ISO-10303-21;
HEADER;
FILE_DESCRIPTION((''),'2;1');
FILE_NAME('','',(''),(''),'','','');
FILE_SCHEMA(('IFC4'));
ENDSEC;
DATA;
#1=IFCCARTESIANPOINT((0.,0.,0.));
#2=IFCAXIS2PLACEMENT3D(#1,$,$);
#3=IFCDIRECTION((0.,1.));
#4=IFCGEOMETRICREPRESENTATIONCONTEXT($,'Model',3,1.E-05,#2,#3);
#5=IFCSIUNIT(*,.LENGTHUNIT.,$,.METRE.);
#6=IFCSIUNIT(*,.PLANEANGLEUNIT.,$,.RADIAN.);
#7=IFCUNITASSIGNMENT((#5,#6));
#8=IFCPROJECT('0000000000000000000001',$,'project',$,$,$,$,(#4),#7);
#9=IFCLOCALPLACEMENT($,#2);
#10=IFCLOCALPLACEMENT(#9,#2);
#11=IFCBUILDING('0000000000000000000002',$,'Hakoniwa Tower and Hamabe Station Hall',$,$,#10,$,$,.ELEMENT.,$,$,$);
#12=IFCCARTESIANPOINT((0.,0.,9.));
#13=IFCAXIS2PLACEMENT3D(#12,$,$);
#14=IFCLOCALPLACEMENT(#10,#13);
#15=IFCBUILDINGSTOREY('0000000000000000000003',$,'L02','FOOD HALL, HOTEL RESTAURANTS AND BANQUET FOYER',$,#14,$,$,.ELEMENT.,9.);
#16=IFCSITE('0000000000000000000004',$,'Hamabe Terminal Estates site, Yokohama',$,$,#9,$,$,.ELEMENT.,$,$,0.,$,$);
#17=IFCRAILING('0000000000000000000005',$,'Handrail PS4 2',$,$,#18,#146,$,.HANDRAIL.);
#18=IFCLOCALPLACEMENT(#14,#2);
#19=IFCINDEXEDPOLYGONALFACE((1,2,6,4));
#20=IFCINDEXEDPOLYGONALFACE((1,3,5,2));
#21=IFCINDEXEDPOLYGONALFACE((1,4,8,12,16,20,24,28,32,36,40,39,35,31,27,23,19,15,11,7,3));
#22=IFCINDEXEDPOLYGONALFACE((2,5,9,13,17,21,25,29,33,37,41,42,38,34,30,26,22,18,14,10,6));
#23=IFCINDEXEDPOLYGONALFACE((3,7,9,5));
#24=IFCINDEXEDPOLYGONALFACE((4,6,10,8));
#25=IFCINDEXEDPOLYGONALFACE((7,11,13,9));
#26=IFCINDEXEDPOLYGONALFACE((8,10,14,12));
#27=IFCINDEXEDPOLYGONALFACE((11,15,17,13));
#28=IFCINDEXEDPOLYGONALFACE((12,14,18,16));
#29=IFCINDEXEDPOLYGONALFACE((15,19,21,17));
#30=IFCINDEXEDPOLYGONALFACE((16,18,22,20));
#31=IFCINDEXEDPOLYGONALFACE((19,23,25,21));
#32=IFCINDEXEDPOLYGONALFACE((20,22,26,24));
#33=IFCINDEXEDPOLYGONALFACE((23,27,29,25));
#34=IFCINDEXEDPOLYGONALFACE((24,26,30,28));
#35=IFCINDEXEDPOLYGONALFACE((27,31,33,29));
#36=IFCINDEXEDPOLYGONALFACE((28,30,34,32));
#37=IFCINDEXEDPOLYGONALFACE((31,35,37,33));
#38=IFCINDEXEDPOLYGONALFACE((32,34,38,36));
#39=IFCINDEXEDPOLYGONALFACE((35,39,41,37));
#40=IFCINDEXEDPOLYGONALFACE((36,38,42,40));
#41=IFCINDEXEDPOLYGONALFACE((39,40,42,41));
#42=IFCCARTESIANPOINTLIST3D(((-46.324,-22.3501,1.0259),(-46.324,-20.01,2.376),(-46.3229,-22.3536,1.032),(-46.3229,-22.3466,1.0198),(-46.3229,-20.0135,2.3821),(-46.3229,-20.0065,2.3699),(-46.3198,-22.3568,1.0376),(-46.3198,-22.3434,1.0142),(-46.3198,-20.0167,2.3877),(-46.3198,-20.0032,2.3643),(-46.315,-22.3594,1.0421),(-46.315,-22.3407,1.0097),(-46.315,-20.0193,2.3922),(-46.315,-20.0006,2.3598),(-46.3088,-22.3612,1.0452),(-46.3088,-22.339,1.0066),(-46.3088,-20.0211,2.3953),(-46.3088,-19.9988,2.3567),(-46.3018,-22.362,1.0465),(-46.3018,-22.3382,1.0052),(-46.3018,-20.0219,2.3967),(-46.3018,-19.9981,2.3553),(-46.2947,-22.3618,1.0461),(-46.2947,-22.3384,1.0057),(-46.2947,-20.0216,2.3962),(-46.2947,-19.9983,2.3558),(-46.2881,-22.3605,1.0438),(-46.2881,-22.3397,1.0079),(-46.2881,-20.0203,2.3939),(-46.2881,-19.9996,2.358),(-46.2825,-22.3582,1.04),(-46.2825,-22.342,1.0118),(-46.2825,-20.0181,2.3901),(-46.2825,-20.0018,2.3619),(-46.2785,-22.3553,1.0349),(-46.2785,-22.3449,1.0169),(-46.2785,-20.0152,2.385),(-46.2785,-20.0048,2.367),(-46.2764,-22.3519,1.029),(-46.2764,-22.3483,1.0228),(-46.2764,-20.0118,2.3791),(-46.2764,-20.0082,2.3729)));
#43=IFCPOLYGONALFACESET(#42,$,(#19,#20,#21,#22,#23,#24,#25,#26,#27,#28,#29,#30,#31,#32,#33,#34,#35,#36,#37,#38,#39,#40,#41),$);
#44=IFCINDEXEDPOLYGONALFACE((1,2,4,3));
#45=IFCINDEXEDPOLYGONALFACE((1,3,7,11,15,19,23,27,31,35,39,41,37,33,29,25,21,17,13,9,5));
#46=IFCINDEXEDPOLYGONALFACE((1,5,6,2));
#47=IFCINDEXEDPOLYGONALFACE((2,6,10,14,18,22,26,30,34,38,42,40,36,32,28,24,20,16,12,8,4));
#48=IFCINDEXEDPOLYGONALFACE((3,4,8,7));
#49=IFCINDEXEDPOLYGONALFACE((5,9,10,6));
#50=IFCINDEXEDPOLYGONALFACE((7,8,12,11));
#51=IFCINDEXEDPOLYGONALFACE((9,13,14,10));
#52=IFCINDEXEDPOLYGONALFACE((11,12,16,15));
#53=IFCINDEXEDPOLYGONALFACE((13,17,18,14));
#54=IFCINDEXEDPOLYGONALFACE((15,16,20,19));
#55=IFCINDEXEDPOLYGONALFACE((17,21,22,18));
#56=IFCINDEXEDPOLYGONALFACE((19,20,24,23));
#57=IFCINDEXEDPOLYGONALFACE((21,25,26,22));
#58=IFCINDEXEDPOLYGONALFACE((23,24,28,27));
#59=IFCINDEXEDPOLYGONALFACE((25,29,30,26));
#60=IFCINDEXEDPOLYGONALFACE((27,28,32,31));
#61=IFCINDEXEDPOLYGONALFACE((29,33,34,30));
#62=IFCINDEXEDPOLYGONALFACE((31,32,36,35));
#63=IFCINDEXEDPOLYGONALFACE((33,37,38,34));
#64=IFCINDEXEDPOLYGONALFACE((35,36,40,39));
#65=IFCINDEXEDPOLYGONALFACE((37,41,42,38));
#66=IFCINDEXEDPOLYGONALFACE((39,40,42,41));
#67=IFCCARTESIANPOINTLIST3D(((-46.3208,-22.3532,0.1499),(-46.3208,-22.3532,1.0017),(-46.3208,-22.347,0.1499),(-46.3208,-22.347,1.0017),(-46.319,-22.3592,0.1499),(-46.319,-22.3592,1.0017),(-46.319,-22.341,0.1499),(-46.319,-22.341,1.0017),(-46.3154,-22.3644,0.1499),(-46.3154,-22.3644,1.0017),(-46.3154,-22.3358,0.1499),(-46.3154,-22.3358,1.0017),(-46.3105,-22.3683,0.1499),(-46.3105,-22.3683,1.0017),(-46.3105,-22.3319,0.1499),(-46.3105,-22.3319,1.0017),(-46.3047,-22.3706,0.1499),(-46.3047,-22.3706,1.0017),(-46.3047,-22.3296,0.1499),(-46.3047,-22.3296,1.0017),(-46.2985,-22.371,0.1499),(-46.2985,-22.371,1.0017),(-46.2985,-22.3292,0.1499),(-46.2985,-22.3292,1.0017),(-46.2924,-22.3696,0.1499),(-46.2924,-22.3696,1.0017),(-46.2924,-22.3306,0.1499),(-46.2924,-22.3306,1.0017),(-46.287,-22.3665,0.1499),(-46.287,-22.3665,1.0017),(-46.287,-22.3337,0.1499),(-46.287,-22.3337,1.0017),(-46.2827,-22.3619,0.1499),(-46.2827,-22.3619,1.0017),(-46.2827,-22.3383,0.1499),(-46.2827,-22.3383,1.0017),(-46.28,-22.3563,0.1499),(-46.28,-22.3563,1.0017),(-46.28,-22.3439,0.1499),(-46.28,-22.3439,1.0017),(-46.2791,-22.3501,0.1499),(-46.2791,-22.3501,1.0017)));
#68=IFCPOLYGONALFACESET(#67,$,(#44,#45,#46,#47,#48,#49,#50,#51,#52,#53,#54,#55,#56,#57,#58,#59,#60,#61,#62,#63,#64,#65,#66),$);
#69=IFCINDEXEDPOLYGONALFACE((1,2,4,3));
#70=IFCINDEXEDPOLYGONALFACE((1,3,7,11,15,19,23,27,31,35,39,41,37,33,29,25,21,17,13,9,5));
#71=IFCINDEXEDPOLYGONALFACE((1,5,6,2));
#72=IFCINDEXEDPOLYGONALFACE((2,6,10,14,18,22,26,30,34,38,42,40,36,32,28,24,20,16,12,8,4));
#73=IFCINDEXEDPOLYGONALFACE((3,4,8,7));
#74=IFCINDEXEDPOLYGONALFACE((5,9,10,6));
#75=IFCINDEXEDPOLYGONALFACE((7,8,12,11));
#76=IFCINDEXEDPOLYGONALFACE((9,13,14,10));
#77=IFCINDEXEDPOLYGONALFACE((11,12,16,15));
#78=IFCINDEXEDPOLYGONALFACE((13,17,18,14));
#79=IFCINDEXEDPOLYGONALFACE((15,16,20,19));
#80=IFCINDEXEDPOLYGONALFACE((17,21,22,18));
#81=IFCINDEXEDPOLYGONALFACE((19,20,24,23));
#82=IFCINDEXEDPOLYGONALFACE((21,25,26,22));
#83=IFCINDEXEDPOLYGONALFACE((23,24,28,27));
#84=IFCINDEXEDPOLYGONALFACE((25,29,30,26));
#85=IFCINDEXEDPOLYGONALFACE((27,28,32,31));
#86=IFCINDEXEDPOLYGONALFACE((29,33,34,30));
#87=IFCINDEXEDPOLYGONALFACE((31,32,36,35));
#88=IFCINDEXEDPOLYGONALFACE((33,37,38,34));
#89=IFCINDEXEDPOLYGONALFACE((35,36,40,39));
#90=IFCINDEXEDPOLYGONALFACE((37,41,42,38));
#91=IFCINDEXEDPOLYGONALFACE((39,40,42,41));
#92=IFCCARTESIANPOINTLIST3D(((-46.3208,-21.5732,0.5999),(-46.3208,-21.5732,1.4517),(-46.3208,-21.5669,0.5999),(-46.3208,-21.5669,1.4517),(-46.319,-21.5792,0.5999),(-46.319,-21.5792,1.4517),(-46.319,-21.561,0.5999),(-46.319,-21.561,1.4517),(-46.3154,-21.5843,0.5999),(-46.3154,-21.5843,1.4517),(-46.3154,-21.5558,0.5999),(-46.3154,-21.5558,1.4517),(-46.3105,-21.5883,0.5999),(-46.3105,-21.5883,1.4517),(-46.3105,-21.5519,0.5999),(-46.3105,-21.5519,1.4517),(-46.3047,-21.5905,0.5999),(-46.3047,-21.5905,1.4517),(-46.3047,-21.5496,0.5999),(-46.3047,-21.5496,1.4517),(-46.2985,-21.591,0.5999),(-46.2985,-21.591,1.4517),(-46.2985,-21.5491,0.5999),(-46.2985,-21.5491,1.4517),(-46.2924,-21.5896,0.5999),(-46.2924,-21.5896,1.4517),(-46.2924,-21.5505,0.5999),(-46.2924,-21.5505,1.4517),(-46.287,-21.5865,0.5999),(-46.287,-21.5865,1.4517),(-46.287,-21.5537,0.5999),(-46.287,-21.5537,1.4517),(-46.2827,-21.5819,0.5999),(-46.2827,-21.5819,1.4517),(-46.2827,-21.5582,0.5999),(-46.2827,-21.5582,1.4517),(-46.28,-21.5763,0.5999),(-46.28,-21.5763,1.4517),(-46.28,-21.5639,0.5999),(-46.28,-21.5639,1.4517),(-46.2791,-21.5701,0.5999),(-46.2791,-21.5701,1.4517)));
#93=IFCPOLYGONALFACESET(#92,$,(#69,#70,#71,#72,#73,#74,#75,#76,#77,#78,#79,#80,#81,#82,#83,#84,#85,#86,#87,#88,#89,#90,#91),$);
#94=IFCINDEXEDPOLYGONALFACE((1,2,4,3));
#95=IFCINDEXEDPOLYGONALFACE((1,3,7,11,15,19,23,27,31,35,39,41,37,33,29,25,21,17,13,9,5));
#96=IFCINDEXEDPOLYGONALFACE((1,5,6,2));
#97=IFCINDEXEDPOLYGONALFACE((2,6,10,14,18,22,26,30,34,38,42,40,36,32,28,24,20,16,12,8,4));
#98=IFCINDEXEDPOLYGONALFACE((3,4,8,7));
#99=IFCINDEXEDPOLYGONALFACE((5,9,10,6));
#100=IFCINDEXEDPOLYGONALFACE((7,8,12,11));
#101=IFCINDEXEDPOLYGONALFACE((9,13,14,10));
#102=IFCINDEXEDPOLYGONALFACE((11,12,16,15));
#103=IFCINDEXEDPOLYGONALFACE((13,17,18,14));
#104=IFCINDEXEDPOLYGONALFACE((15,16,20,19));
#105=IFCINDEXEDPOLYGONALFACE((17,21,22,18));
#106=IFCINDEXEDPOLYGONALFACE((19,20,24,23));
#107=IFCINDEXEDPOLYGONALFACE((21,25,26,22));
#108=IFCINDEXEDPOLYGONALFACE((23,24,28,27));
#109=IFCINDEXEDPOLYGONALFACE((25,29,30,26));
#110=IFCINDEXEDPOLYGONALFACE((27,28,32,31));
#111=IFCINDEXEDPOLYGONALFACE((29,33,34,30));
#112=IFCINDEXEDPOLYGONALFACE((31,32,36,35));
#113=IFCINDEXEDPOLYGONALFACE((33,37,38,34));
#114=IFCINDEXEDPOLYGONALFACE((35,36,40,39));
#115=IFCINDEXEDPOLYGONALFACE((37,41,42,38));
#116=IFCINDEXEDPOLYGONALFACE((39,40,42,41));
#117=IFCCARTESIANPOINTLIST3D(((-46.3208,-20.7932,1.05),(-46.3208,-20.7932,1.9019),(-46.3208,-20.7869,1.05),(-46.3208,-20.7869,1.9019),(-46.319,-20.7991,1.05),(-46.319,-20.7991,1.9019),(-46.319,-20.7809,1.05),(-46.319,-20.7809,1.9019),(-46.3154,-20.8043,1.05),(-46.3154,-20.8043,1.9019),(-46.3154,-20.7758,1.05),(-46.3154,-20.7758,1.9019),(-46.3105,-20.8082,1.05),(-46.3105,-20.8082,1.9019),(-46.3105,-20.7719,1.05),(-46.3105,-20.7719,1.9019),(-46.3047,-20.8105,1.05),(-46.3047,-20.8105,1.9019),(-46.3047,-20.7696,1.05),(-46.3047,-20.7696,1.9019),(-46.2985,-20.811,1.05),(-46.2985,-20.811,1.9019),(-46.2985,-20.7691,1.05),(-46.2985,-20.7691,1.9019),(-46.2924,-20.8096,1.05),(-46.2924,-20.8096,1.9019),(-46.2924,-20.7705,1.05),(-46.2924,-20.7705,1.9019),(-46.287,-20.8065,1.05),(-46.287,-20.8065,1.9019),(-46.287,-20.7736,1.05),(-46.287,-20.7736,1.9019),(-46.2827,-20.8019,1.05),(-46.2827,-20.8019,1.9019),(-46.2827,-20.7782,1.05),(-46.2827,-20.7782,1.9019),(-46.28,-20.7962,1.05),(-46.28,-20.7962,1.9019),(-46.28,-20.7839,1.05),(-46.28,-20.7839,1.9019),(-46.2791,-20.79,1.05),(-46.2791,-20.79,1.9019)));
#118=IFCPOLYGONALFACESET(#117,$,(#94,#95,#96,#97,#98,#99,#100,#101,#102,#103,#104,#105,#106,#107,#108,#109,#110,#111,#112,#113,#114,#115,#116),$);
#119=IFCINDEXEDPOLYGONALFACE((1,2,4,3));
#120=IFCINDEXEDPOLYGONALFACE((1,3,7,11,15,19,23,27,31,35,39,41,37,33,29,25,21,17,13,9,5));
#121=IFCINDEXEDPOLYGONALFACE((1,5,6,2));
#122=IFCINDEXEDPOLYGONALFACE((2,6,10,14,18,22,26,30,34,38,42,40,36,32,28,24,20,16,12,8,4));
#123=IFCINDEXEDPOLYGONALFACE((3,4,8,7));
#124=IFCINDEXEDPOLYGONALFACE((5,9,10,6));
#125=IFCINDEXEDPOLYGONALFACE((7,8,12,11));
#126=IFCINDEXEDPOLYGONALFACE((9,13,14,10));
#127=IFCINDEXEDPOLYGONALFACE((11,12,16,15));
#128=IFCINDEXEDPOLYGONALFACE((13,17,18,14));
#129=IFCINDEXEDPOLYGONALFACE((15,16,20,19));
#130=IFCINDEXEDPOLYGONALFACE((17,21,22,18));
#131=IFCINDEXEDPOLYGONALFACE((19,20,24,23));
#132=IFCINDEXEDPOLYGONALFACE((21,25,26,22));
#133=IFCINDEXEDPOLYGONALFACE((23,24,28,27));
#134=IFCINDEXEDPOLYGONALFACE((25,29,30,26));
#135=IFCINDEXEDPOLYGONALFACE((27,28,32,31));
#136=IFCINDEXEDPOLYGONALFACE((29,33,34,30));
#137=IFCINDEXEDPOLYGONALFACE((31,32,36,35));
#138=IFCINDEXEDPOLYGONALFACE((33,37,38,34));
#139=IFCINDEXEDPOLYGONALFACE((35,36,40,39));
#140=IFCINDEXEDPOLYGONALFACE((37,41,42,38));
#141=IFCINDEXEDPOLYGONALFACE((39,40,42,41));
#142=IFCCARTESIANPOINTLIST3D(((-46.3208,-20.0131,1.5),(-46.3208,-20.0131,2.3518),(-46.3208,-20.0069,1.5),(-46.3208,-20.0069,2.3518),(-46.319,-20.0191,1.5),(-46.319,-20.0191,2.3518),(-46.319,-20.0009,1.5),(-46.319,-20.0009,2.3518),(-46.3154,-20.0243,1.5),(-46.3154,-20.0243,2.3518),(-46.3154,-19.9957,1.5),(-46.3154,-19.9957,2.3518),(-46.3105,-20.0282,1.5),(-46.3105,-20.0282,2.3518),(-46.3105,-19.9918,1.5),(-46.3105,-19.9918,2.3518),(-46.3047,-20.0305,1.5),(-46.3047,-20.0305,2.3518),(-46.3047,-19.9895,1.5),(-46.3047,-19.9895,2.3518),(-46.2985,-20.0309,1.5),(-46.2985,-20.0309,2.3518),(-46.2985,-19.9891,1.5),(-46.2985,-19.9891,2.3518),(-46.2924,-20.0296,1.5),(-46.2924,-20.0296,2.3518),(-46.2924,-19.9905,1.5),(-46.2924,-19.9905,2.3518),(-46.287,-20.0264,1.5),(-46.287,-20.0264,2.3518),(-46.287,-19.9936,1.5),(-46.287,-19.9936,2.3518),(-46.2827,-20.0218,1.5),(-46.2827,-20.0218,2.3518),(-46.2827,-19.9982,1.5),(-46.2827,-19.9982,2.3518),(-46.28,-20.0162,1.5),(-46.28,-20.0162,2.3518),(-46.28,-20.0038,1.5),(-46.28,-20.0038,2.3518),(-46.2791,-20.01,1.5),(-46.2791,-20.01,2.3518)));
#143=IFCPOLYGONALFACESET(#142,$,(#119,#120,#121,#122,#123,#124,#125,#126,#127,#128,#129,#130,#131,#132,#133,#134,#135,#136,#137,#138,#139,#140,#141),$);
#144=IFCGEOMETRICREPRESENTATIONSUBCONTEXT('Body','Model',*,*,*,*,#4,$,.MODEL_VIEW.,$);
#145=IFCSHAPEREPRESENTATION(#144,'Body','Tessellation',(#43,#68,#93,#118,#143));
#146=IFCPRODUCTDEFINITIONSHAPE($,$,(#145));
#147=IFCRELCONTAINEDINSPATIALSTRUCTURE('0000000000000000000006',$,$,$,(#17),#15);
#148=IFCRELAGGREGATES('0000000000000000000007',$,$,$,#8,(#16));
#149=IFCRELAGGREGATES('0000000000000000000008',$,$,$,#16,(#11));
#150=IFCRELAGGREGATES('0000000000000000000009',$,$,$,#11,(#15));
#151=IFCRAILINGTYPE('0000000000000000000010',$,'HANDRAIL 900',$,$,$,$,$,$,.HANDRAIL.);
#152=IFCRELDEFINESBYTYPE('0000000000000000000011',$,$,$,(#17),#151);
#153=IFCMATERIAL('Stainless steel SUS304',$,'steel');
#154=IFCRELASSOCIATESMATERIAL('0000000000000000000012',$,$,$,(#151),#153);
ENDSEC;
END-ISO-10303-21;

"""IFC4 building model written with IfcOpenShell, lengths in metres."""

from ifc_helpers import new_model, si_unit, direction, frame, origin, origin_2d, place, context, subcontext, project, spatial, circle, extrude, material, type_object, element, save


model = new_model("IFC4")

# Units and contexts
model_context = context("Model", 3, precision=1e-05, world=origin(), true_north=direction((0.0, 1.0)))
body_context = subcontext(model_context, "Body", "Model", "MODEL_VIEW")
ifc_project = project(units=[si_unit("LENGTHUNIT", "METRE"), si_unit("PLANEANGLEUNIT", "RADIAN")], contexts=[model_context])

# Site, building, storey
site_placement = place(None, origin())
site = spatial("IfcSite", under=ifc_project, at=site_placement, Name="Hamabe Terminal Estates site, Yokohama", CompositionType="ELEMENT", RefElevation=0.0)
building_placement = place(site_placement, origin())
building = spatial("IfcBuilding", under=site, at=building_placement, Name="Hakoniwa Tower and Hamabe Station Hall", CompositionType="ELEMENT")
storey_placement = place(building_placement, frame((0.0, 0.0, 9.0)))
storey = spatial("IfcBuildingStorey", under=building, at=storey_placement, Name="L02", Description="FOOD HALL, HOTEL RESTAURANTS AND BANQUET FOYER", CompositionType="ELEMENT", Elevation=9.0)

# Railing
ifc_material_1 = material(Name="Stainless steel SUS304", Category="steel")
railing_type_1 = type_object("IfcRailingType", Name="HANDRAIL 900", PredefinedType="HANDRAIL", material=ifc_material_1)
for number, where, name in (
    (1, (-46.3, -22.3501, 0.1499), "Handrail PS4 2"),
):
    element("IfcRailing", number, at=place(storey_placement, frame(where)), inside=storey, type_object=railing_type_1, Name=name, PredefinedType="HANDRAIL", context=body_context, shape_type="SweptSolid", body=[
        extrude(circle(Radius=0.0239, at=origin_2d()), frame((0.0, 0.0, 0.876), z_axis=(0.0, 0.866178, 0.499735), x_axis=(-1.0, 0.0, 0.0)), (0.0, 0.0, 1.0), 2.7017),
        extrude(circle(Radius=0.021, at=origin_2d()), origin(), (0.0, 0.0, 1.0), 0.8518),
        extrude(circle(Radius=0.021, at=origin_2d()), frame((0.0, 0.78, 0.45)), (0.0, 0.0, 1.0), 0.8518),
        extrude(circle(Radius=0.021, at=origin_2d()), frame((0.0, 1.5601, 0.9001)), (0.0, 0.0, 1.0), 0.8518),
        extrude(circle(Radius=0.021, at=origin_2d()), frame((0.0, 2.3401, 1.3501)), (0.0, 0.0, 1.0), 0.8518),
    ])

save(model, "model.ifc")
